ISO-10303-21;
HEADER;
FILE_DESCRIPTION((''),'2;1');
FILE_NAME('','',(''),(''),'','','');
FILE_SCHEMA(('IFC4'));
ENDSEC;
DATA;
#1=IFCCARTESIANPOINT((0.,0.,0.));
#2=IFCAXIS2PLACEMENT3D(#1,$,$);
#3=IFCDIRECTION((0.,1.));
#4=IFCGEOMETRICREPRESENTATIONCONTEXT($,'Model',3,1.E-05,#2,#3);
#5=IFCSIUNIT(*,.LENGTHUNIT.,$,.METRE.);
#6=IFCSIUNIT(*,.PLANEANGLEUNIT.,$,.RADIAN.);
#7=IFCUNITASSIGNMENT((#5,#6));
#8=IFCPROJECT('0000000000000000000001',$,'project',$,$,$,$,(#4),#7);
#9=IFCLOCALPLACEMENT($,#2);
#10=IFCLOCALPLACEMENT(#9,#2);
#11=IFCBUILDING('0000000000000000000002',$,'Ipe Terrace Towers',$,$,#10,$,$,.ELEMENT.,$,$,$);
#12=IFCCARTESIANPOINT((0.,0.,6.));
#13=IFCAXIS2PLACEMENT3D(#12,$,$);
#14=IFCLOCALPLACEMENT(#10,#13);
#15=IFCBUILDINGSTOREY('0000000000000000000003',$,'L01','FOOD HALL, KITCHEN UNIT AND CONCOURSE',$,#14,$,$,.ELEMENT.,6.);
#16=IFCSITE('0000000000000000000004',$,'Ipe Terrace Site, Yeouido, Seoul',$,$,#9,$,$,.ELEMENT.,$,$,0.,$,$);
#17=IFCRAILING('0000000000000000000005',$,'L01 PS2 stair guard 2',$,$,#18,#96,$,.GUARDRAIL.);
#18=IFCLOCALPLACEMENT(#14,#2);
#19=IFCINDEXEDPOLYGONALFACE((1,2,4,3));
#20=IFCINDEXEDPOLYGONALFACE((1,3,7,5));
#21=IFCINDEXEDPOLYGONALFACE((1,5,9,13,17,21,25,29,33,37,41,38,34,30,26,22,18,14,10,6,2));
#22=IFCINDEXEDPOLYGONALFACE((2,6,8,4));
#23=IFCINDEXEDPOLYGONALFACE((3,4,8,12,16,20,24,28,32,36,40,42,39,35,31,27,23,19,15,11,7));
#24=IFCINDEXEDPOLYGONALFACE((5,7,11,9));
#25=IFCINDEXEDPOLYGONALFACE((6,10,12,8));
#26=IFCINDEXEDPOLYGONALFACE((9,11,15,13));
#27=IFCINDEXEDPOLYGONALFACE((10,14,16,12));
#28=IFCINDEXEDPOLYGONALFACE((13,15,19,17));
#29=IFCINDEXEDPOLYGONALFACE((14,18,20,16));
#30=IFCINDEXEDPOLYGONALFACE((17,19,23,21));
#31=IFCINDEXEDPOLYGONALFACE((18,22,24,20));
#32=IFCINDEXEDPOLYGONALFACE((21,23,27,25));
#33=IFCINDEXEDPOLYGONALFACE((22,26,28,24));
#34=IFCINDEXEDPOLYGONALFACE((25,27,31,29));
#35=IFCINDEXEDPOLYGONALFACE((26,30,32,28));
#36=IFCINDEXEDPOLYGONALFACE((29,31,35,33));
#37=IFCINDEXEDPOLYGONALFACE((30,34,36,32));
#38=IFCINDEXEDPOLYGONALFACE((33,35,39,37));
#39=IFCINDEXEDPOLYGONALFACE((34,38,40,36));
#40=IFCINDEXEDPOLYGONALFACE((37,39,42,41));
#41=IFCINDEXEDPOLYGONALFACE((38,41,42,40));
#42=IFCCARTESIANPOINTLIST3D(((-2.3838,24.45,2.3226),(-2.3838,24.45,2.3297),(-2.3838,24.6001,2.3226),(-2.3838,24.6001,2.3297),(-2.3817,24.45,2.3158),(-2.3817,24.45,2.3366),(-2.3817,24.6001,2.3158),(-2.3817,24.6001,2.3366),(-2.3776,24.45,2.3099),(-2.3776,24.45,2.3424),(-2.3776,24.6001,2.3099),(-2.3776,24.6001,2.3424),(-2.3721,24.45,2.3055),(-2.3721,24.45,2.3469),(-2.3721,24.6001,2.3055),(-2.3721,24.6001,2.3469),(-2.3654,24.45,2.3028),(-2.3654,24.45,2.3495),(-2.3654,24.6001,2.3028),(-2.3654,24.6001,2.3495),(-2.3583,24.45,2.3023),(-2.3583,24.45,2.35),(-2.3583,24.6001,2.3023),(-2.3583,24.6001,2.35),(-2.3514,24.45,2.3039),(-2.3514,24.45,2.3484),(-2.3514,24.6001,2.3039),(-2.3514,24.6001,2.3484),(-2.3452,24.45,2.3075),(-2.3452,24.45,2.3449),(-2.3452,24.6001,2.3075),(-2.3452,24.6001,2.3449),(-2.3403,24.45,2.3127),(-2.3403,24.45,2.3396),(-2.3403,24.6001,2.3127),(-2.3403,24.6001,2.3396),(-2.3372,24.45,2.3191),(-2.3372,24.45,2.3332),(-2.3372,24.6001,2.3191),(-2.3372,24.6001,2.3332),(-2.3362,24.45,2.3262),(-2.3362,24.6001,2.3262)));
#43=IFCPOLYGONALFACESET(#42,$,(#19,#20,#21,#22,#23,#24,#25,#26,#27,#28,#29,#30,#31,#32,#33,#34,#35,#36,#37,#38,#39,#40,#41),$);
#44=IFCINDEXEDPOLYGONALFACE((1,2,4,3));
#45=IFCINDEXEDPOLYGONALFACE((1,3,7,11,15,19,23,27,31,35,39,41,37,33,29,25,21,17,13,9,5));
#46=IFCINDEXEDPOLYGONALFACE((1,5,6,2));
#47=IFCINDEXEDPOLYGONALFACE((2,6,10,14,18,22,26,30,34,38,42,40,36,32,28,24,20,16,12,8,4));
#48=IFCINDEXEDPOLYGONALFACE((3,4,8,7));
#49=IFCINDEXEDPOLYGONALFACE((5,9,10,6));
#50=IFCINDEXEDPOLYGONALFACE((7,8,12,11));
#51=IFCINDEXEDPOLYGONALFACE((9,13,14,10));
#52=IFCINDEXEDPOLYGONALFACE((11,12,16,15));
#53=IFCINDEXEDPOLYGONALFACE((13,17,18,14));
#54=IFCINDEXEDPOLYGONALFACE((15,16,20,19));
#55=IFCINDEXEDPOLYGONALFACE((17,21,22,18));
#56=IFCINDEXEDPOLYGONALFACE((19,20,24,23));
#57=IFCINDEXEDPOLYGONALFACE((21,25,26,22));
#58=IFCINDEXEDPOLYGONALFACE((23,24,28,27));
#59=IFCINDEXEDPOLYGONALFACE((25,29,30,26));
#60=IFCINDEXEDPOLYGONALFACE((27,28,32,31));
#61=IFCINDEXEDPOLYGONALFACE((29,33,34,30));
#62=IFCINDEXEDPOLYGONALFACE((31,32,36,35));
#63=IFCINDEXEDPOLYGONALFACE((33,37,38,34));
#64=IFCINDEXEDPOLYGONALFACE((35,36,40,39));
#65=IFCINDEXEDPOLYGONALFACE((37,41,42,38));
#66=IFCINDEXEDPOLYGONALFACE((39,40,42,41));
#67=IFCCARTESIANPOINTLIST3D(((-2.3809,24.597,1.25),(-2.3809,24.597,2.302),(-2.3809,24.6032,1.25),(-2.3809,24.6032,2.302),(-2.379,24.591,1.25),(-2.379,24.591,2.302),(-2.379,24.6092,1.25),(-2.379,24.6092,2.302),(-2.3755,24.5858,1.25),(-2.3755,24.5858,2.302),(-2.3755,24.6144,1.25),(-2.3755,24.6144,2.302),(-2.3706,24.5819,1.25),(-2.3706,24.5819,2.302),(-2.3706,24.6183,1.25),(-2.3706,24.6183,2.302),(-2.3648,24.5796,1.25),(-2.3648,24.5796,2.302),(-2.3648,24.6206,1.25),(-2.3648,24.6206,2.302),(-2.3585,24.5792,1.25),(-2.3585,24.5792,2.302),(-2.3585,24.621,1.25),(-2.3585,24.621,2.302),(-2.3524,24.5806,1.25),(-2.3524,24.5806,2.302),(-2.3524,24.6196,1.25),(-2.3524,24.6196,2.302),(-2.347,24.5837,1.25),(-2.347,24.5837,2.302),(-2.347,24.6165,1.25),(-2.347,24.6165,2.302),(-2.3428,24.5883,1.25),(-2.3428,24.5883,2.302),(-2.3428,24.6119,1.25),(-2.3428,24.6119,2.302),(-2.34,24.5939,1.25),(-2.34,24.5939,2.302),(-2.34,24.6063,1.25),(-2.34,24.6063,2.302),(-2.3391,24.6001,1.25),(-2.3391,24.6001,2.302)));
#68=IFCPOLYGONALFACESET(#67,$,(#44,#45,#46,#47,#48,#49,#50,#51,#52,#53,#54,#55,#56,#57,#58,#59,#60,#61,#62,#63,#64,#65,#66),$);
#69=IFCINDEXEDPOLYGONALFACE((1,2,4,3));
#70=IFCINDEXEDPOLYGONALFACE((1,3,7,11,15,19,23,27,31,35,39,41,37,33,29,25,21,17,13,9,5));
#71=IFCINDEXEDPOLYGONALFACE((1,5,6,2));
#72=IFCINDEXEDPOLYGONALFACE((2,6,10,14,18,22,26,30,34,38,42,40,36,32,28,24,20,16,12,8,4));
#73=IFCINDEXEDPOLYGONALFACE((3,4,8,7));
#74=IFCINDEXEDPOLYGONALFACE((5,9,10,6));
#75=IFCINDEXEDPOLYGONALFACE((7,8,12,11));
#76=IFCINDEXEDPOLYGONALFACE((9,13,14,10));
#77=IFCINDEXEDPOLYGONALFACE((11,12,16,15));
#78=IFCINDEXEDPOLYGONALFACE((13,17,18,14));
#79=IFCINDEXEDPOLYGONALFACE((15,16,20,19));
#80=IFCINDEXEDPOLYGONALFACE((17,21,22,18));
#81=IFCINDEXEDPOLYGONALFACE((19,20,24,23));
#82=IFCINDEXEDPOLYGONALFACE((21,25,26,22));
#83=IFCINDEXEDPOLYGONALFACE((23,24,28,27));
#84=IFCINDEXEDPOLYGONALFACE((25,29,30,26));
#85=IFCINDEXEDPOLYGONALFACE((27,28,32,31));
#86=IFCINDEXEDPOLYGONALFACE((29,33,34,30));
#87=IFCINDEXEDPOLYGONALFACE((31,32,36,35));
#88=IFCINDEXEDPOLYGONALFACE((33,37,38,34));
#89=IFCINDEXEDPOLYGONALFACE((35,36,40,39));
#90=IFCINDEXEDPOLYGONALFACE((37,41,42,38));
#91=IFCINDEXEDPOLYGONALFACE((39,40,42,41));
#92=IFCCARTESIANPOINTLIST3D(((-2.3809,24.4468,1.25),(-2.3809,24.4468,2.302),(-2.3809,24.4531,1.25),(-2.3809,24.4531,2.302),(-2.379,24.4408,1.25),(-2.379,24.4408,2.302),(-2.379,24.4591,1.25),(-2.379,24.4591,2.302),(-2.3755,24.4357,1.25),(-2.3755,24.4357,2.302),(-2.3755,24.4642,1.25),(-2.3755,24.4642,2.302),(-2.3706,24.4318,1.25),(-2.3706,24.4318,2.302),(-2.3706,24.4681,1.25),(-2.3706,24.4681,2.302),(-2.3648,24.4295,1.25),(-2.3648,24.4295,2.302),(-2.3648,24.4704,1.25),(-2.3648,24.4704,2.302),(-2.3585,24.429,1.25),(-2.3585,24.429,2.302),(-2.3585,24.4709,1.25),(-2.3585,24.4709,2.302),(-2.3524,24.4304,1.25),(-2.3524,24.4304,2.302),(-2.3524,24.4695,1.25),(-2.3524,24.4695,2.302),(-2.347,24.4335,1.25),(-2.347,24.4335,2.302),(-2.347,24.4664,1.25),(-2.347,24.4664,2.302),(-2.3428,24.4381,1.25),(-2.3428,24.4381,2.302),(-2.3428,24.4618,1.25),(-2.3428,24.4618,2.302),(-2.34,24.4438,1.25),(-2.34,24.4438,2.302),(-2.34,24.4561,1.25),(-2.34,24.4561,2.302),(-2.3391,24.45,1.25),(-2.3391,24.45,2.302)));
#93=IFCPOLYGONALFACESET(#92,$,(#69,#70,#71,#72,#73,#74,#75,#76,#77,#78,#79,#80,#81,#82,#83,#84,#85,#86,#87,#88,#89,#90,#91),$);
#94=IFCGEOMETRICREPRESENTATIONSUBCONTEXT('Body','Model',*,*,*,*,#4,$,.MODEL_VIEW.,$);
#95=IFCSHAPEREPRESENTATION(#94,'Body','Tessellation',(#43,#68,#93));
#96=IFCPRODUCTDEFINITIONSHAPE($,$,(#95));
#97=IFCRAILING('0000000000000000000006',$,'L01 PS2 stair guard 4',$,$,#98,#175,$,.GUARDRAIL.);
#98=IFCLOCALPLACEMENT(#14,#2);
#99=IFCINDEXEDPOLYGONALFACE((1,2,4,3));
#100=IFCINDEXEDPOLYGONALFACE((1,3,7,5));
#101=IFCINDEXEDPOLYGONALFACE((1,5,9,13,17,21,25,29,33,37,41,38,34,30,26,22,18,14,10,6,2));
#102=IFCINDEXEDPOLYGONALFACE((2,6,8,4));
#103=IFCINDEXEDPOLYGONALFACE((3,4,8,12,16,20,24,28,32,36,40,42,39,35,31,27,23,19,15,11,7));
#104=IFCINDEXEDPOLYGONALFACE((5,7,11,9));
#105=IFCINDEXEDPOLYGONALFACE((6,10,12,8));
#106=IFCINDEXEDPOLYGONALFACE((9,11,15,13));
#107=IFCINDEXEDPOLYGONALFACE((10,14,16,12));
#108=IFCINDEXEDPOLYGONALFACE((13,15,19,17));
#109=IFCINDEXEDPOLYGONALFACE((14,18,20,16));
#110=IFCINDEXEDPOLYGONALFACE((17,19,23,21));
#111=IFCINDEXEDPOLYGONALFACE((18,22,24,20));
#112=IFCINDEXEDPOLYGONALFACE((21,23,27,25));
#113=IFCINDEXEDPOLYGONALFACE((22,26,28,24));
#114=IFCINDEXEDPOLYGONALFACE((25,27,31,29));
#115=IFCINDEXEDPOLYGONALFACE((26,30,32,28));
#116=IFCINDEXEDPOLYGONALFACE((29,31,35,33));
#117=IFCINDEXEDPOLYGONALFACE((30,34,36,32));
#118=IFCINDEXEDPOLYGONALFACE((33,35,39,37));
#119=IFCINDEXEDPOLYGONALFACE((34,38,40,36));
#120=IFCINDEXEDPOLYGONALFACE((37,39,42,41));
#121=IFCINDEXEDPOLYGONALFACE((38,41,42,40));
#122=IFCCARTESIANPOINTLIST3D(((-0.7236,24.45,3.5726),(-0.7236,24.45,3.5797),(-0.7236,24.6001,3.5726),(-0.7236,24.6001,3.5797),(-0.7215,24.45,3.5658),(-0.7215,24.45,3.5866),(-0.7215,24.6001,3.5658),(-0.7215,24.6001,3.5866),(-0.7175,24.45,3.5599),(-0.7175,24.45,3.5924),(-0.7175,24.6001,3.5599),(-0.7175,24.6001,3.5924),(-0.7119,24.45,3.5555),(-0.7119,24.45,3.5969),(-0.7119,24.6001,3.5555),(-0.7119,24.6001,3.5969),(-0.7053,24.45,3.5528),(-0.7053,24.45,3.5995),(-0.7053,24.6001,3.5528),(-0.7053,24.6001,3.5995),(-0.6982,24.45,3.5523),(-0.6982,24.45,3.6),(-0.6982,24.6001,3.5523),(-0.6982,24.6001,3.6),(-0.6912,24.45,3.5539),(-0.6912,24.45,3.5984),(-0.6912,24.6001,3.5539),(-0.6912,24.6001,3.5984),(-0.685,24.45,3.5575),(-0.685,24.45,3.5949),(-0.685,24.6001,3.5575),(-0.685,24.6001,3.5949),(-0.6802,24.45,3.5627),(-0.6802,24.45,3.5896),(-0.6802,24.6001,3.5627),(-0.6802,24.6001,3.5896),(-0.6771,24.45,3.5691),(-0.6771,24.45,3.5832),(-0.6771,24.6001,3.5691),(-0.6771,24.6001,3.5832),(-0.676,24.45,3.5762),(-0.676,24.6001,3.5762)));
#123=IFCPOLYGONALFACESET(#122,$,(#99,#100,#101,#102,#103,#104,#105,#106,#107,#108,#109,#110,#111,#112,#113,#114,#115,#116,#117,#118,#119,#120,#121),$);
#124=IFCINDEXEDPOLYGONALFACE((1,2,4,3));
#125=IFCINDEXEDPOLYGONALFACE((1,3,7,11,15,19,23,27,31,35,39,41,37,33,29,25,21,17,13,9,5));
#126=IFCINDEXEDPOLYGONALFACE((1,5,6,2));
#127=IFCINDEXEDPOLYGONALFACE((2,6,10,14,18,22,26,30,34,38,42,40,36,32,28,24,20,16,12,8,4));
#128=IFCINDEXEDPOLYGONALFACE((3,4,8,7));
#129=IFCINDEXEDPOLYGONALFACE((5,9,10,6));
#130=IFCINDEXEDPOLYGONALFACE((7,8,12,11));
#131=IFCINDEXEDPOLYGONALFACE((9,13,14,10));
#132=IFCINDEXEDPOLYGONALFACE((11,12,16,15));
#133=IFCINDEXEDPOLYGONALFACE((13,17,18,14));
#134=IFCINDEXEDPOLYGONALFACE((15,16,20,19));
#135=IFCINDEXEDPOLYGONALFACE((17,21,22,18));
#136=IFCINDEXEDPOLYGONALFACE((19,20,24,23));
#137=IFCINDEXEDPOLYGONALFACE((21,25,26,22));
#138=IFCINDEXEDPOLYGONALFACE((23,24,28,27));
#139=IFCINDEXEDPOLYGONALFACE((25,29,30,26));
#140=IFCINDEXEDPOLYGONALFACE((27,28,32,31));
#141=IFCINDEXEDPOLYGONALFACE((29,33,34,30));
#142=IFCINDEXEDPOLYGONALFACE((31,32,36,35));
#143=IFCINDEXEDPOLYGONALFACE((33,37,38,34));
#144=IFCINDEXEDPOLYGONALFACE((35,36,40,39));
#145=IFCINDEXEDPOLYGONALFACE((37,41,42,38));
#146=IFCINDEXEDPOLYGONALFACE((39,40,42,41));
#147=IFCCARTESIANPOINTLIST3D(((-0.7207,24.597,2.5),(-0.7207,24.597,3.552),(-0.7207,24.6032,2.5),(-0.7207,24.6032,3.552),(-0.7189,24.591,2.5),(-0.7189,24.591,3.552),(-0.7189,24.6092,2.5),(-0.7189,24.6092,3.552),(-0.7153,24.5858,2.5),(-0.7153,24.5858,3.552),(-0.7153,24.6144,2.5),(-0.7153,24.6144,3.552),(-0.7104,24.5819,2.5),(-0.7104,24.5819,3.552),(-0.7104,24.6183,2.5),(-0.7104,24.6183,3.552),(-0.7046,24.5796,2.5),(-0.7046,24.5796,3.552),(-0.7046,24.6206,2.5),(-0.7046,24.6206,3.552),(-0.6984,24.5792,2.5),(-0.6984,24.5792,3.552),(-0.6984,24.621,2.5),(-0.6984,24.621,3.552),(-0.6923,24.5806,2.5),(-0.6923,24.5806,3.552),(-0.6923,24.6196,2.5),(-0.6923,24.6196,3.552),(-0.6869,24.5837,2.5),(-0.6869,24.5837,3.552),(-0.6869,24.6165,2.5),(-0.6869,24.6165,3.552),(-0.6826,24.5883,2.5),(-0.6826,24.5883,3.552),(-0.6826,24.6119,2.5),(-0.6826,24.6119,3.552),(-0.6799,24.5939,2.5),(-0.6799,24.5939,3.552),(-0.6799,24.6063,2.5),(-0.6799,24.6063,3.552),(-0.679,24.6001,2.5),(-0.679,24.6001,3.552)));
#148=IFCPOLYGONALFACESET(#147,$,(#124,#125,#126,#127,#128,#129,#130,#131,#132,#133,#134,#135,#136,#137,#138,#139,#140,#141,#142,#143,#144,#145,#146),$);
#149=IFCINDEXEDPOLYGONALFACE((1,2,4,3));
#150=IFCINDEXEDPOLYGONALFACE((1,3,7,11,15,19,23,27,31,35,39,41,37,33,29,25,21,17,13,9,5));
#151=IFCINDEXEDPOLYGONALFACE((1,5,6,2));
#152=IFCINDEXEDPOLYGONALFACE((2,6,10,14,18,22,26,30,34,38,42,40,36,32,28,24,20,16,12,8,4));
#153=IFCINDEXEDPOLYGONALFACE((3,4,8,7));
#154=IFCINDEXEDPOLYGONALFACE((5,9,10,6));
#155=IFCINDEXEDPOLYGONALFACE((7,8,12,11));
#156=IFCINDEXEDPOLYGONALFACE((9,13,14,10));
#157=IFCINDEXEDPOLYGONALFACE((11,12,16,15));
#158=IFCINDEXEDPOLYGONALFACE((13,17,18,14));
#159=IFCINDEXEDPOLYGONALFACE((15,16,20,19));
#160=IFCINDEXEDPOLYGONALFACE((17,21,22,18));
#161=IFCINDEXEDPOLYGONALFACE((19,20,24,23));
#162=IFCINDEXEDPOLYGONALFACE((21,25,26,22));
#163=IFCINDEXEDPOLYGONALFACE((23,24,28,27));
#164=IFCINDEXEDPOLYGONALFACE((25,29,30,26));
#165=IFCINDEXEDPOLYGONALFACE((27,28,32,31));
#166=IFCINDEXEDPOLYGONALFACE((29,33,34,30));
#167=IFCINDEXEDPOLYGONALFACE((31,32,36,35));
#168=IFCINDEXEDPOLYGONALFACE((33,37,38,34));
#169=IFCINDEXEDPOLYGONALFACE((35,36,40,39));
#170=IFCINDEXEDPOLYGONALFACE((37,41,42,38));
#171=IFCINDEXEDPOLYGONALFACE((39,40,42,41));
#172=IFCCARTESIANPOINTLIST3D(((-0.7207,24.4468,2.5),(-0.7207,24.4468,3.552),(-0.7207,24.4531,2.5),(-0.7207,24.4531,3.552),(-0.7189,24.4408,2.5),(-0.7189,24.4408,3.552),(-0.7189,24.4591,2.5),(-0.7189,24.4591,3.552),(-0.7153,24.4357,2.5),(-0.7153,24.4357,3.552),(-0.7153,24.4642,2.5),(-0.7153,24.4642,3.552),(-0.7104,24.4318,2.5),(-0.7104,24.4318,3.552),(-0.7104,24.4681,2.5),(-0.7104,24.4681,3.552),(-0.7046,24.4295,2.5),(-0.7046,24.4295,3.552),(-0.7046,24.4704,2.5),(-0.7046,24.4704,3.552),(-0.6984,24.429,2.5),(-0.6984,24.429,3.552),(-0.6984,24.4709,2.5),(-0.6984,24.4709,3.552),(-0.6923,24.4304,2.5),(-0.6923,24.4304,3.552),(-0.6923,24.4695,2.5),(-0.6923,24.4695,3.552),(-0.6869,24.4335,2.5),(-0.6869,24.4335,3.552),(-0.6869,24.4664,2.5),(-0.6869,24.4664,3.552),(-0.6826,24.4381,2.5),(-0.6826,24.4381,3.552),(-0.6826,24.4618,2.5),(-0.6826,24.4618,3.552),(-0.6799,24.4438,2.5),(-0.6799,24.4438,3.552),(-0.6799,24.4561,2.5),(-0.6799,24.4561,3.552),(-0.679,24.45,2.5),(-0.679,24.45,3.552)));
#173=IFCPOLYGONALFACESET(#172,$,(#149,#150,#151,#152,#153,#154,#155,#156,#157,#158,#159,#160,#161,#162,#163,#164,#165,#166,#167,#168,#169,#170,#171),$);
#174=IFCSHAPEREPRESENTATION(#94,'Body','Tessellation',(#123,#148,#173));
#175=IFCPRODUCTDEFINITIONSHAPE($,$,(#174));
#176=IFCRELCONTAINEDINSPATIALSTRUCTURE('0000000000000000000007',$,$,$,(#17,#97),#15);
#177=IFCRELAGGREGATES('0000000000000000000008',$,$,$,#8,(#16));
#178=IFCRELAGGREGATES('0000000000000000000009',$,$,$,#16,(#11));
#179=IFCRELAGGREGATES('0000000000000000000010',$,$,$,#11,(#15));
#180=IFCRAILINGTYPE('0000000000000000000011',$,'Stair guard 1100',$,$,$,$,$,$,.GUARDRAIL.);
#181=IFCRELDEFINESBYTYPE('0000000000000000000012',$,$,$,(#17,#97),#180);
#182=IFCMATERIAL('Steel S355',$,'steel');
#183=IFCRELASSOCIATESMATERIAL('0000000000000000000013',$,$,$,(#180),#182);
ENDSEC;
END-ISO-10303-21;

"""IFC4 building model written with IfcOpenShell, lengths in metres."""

from ifc_helpers import new_model, si_unit, direction, frame, origin, origin_2d, place, context, subcontext, project, spatial, circle, extrude, material, type_object, element, save


model = new_model("IFC4")

# Units and contexts
model_context = context("Model", 3, precision=1e-05, world=origin(), true_north=direction((0.0, 1.0)))
body_context = subcontext(model_context, "Body", "Model", "MODEL_VIEW")
ifc_project = project(units=[si_unit("LENGTHUNIT", "METRE"), si_unit("PLANEANGLEUNIT", "RADIAN")], contexts=[model_context])

# Site, building, storey
site_placement = place(None, origin())
site = spatial("IfcSite", under=ifc_project, at=site_placement, Name="Ipe Terrace Site, Yeouido, Seoul", CompositionType="ELEMENT", RefElevation=0.0)
building_placement = place(site_placement, origin())
building = spatial("IfcBuilding", under=site, at=building_placement, Name="Ipe Terrace Towers", CompositionType="ELEMENT")
storey_placement = place(building_placement, frame((0.0, 0.0, 6.0)))
storey = spatial("IfcBuildingStorey", under=building, at=storey_placement, Name="L01", Description="FOOD HALL, KITCHEN UNIT AND CONCOURSE", CompositionType="ELEMENT", Elevation=6.0)

# Railings
ifc_material_1 = material(Name="Steel S355", Category="steel")
railing_type_1 = type_object("IfcRailingType", Name="Stair guard 1100", PredefinedType="GUARDRAIL", material=ifc_material_1)
for number, where, name in (
    (1, (-2.3601, 24.6001, 1.25), "L01 PS2 stair guard 2"),
    (2, (-0.7, 24.6001, 2.5), "L01 PS2 stair guard 4"),
):
    element("IfcRailing", number, at=place(storey_placement, frame(where)), inside=storey, type_object=railing_type_1, Name=name, PredefinedType="GUARDRAIL", context=body_context, shape_type="SweptSolid", body=[
        extrude(circle(Radius=0.0239, at=origin_2d()), frame((0.0, 0.0, 1.0762), z_axis=(0.0, -1.0, 0.0), x_axis=(1.0, 0.0, 0.0)), (0.0, 0.0, 1.0), 0.1501),
        extrude(circle(Radius=0.021, at=origin_2d()), origin(), (0.0, 0.0, 1.0), 1.052),
        extrude(circle(Radius=0.021, at=origin_2d()), frame((0.0, -0.1501, 0.0)), (0.0, 0.0, 1.0), 1.052),
    ])

save(model, "model.ifc")
